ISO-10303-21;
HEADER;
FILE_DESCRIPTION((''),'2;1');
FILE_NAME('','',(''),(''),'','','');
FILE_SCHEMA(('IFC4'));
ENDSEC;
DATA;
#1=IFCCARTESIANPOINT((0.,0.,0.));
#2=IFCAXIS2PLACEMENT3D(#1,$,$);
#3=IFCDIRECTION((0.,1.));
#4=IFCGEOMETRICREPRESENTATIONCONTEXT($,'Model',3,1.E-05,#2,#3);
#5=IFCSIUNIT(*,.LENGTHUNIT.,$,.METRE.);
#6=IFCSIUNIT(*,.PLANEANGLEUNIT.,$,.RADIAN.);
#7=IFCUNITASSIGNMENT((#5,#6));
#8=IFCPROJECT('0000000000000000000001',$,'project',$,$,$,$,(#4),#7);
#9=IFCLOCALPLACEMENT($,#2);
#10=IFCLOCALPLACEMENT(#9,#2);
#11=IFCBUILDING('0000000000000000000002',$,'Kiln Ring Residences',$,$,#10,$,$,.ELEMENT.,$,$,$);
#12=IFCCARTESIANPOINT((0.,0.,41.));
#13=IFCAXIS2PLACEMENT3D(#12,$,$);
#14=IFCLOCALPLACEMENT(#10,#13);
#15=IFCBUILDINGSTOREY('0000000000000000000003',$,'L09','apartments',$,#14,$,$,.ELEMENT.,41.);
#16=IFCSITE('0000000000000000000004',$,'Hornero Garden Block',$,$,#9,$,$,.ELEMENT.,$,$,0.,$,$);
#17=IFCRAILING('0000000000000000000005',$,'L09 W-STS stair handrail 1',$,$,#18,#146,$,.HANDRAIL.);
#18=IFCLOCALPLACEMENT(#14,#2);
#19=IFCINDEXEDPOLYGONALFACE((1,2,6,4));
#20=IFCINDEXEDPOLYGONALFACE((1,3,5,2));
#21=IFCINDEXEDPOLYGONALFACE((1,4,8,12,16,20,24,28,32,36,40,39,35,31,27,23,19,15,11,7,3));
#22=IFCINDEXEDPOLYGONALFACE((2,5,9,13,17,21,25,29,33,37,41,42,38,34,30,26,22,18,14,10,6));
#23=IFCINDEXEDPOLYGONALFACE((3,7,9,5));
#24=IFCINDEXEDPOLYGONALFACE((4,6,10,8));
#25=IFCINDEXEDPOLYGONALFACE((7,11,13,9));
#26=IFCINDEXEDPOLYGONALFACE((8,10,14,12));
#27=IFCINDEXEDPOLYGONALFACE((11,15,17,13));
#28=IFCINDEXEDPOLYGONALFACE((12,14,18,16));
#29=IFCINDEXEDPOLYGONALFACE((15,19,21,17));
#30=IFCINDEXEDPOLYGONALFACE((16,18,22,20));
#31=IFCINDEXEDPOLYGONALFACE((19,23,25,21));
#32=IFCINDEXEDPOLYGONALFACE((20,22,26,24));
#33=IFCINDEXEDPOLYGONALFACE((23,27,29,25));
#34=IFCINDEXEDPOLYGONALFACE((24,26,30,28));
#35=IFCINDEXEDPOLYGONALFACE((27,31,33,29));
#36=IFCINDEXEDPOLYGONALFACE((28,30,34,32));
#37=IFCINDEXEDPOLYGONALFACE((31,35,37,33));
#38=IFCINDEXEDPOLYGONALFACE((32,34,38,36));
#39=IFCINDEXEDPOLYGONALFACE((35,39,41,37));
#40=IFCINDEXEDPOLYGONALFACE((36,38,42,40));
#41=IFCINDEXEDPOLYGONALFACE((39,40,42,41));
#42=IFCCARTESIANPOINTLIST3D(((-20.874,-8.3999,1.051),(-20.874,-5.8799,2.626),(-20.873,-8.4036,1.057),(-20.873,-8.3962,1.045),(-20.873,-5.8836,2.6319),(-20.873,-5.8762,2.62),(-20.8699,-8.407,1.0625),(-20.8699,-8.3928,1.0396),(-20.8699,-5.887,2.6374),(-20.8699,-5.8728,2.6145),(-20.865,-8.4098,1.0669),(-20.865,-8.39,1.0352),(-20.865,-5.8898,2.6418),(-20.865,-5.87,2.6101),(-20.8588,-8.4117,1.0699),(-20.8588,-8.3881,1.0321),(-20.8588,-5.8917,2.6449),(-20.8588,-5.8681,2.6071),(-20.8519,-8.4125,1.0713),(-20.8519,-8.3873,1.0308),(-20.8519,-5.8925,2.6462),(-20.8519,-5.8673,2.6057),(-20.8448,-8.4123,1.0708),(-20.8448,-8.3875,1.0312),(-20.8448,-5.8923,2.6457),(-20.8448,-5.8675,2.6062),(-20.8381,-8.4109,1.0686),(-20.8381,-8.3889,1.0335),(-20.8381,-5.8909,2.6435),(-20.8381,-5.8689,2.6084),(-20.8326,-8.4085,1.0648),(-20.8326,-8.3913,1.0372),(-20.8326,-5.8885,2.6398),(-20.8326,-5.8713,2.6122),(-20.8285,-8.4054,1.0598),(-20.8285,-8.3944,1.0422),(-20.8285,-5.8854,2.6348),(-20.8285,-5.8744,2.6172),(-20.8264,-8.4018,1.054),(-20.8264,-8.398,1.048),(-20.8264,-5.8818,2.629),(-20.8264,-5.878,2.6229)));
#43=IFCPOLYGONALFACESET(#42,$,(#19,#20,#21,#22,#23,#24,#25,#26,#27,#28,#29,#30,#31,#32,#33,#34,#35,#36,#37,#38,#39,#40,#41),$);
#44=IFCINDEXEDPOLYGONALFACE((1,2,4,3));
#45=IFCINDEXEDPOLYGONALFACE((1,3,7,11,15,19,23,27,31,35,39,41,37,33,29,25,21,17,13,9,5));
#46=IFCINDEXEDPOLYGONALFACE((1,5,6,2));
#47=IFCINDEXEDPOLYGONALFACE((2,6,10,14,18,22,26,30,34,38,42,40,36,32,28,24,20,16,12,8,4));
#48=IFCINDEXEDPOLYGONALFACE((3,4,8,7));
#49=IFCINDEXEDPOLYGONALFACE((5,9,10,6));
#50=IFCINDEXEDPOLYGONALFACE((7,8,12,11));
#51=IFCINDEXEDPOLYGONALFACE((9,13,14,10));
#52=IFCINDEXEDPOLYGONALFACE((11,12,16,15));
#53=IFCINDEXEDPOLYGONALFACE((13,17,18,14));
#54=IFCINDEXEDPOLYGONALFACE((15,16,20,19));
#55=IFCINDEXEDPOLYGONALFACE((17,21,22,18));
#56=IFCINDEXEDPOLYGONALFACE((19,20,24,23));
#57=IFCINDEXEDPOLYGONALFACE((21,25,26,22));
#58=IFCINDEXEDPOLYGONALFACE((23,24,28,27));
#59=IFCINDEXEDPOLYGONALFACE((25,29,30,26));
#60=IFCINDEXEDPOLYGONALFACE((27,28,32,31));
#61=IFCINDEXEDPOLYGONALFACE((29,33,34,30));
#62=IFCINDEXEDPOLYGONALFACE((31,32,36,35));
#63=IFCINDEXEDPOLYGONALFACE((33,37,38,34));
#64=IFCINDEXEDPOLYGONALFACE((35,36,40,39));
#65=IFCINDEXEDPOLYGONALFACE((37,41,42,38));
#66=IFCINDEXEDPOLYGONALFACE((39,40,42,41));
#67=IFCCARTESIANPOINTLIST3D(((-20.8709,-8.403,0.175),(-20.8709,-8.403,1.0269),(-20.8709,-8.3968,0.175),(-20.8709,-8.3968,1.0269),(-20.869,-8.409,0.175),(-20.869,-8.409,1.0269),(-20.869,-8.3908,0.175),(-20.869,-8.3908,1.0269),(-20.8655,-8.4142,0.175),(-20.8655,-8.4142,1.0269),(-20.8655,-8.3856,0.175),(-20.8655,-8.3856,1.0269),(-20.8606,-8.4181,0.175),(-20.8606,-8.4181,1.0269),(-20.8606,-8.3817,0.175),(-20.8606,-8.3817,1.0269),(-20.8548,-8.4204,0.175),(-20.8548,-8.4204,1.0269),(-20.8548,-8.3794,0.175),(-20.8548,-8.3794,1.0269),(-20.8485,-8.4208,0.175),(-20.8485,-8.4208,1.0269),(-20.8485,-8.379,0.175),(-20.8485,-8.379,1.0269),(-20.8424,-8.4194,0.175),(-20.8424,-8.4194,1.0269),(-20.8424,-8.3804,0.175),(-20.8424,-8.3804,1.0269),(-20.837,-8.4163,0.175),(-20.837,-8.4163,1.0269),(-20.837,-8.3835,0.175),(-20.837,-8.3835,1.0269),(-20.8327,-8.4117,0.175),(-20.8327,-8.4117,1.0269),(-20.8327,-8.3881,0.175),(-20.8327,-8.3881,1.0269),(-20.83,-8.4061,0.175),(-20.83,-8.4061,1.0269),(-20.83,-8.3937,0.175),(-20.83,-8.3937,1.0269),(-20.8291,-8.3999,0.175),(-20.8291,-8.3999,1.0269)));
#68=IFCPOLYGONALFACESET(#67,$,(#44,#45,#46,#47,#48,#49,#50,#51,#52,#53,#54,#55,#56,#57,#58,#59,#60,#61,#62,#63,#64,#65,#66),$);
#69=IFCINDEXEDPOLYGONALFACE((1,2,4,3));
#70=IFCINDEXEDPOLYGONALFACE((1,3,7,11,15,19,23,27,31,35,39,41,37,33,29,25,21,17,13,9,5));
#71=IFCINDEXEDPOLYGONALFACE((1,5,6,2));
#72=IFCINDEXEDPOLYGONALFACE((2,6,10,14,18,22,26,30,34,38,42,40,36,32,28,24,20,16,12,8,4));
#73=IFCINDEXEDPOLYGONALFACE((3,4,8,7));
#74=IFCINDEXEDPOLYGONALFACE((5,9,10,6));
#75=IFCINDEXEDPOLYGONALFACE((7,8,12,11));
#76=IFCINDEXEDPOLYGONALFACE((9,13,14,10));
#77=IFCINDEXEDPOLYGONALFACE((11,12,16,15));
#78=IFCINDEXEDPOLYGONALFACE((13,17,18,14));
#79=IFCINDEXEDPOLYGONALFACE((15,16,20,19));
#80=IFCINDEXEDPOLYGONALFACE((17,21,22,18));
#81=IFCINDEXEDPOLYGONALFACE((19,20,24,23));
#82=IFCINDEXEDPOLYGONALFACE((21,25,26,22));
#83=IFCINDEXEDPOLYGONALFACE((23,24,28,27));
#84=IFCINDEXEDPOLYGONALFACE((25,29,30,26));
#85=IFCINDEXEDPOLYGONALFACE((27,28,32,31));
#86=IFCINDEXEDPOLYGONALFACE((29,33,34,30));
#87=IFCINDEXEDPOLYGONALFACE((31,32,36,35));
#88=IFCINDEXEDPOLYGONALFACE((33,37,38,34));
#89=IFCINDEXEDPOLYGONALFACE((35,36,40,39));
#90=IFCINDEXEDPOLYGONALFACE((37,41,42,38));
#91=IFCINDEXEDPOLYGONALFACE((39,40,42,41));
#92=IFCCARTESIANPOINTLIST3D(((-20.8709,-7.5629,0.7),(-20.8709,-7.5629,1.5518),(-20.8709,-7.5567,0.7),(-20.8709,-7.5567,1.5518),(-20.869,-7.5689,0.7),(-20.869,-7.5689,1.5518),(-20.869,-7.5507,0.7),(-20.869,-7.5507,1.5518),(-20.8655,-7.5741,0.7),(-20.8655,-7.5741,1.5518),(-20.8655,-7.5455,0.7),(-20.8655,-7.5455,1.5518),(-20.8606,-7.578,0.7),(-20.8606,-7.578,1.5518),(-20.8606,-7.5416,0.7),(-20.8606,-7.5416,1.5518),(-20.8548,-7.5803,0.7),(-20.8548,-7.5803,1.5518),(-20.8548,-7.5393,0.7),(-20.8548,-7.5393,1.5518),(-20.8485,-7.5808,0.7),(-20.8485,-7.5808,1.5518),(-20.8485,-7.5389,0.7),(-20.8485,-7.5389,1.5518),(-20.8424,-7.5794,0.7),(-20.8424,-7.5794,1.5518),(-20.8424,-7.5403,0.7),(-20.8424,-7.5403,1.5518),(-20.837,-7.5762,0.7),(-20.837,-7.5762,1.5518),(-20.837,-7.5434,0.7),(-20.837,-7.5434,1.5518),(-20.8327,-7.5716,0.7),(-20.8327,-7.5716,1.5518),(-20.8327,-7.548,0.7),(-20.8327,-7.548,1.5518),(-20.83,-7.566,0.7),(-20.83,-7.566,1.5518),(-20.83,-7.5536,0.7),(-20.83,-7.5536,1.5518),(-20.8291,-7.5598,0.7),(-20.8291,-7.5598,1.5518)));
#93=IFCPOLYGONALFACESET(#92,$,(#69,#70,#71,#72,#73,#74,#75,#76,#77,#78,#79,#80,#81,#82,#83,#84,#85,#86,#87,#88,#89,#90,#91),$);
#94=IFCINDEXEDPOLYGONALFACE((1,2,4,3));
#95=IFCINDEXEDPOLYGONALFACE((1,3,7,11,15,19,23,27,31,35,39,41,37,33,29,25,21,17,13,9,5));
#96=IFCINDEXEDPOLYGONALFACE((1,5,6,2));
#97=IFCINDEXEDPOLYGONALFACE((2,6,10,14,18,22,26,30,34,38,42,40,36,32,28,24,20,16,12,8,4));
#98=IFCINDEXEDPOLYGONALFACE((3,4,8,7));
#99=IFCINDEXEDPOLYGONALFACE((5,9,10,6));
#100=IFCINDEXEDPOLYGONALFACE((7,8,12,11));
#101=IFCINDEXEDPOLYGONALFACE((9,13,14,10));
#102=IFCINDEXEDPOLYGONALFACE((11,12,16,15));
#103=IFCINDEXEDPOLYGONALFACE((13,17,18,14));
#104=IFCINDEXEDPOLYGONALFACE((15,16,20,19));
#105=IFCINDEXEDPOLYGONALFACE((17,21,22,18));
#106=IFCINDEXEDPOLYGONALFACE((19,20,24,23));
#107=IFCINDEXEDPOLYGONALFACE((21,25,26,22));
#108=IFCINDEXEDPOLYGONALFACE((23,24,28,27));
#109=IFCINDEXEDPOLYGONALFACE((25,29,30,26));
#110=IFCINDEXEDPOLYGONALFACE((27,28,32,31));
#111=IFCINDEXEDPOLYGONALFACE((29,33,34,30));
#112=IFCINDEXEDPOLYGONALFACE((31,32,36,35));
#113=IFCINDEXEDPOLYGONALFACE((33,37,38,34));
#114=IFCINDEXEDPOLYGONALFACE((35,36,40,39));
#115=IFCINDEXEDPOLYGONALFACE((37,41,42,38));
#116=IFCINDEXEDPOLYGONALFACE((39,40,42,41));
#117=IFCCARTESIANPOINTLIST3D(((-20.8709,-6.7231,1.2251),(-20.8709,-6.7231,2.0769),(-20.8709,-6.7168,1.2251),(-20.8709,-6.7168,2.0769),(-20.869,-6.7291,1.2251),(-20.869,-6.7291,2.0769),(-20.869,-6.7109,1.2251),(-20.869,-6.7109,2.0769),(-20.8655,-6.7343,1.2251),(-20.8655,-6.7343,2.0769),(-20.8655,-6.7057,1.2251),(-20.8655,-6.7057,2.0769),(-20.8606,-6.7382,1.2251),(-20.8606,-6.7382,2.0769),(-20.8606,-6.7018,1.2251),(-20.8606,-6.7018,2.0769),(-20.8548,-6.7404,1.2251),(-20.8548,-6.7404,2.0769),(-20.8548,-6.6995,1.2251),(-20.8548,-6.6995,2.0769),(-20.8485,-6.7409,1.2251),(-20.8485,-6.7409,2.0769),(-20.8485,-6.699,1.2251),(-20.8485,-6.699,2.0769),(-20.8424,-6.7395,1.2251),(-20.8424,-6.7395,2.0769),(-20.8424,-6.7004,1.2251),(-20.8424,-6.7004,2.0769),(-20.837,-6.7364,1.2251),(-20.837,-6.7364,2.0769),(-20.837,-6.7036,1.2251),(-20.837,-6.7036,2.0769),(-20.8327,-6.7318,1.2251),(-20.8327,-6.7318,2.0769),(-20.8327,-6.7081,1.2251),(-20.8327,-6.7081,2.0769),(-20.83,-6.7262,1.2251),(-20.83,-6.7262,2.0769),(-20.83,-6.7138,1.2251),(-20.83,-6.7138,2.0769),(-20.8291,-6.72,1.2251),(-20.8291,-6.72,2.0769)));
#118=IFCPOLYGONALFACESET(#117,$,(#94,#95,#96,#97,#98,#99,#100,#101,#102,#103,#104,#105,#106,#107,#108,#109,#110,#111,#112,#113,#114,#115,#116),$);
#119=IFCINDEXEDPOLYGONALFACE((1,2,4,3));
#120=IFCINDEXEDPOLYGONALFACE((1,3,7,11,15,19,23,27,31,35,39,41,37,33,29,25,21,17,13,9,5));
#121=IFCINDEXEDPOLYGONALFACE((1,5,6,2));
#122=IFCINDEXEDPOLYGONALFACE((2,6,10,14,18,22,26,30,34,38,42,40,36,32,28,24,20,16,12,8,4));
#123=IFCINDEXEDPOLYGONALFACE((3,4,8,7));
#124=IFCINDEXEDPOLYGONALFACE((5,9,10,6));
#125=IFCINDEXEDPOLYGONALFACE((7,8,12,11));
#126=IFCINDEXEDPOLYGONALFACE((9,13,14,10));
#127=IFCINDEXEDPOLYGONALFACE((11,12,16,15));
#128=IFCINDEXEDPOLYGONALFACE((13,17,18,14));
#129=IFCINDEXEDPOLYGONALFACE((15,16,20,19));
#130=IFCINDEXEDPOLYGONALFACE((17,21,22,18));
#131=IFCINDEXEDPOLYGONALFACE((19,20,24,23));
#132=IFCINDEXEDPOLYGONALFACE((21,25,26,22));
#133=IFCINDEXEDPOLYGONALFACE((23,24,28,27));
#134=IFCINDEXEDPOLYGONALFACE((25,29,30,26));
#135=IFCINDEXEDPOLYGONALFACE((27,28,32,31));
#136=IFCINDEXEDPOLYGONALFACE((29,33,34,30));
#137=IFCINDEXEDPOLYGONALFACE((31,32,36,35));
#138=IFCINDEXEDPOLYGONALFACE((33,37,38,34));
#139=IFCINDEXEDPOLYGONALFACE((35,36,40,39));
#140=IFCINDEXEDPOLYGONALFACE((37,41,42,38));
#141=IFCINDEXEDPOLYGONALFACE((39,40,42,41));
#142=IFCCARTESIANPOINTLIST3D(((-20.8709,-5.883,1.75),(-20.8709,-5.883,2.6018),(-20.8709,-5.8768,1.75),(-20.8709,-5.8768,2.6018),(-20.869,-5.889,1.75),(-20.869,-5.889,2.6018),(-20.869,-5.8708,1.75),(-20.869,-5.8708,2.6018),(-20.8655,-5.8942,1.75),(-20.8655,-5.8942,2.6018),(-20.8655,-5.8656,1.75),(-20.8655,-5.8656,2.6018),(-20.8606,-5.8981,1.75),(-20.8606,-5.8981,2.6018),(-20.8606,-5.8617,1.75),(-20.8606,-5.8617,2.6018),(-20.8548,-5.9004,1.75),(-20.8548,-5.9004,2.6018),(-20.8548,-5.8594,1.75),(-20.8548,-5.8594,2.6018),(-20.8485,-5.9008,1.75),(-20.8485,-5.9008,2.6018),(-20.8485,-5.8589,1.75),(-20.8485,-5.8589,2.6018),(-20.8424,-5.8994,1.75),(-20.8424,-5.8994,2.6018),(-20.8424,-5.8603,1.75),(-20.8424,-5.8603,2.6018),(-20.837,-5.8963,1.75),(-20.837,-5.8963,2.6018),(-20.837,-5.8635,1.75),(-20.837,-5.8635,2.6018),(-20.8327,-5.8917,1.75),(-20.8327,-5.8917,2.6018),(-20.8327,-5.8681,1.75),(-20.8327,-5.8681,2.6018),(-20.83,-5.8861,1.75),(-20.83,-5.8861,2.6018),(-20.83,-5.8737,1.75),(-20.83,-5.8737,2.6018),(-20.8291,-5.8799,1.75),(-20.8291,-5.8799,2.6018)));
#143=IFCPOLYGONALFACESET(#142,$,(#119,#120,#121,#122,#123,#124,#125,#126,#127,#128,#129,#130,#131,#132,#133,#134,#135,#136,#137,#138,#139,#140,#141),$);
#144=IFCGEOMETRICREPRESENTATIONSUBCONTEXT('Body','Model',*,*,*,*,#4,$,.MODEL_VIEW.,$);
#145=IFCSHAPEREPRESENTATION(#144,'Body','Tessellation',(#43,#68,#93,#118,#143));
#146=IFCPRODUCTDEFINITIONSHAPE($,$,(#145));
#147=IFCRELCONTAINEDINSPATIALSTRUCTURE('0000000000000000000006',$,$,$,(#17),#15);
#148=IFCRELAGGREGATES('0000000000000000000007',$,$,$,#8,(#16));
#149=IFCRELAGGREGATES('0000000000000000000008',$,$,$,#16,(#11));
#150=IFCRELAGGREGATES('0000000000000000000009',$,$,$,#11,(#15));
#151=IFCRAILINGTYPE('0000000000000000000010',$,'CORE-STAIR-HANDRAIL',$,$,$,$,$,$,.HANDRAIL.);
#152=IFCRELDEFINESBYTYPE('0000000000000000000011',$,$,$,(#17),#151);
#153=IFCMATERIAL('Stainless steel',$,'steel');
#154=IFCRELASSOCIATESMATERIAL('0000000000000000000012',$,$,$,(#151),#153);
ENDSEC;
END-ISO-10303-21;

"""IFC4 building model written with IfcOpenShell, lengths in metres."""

from ifc_helpers import new_model, si_unit, direction, frame, origin, origin_2d, place, context, subcontext, project, spatial, circle, extrude, material, type_object, element, save


model = new_model("IFC4")

# Units and contexts
model_context = context("Model", 3, precision=1e-05, world=origin(), true_north=direction((0.0, 1.0)))
body_context = subcontext(model_context, "Body", "Model", "MODEL_VIEW")
ifc_project = project(units=[si_unit("LENGTHUNIT", "METRE"), si_unit("PLANEANGLEUNIT", "RADIAN")], contexts=[model_context])

# Site, building, storey
site_placement = place(None, origin())
site = spatial("IfcSite", under=ifc_project, at=site_placement, Name="Hornero Garden Block", CompositionType="ELEMENT", RefElevation=0.0)
building_placement = place(site_placement, origin())
building = spatial("IfcBuilding", under=site, at=building_placement, Name="Kiln Ring Residences", CompositionType="ELEMENT")
storey_placement = place(building_placement, frame((0.0, 0.0, 41.0)))
storey = spatial("IfcBuildingStorey", under=building, at=storey_placement, Name="L09", Description="apartments", CompositionType="ELEMENT", Elevation=41.0)

# Railing
ifc_material_1 = material(Name="Stainless steel", Category="steel")
railing_type_1 = type_object("IfcRailingType", Name="CORE-STAIR-HANDRAIL", PredefinedType="HANDRAIL", material=ifc_material_1)
railing_1_placement = place(storey_placement, frame((-20.8501, -8.3999, 0.175)))
element("IfcRailing", 1, at=railing_1_placement, inside=storey, type_object=railing_type_1, Name="L09 W-STS stair handrail 1", PredefinedType="HANDRAIL", context=body_context, shape_type="SweptSolid", body=[
    extrude(circle(Radius=0.0239, at=origin_2d()), frame((0.0, 0.0, 0.876), z_axis=(0.0, 0.848008, 0.529984), x_axis=(-1.0, 0.0, 0.0)), (0.0, 0.0, 1.0), 2.9717),
    extrude(circle(Radius=0.021, at=origin_2d()), origin(), (0.0, 0.0, 1.0), 0.8518),
    extrude(circle(Radius=0.021, at=origin_2d()), frame((0.0, 0.8401, 0.5249)), (0.0, 0.0, 1.0), 0.8518),
    extrude(circle(Radius=0.021, at=origin_2d()), frame((0.0, 1.6799, 1.05)), (0.0, 0.0, 1.0), 0.8518),
    extrude(circle(Radius=0.021, at=origin_2d()), frame((0.0, 2.52, 1.575)), (0.0, 0.0, 1.0), 0.8518),
])

save(model, "model.ifc")
